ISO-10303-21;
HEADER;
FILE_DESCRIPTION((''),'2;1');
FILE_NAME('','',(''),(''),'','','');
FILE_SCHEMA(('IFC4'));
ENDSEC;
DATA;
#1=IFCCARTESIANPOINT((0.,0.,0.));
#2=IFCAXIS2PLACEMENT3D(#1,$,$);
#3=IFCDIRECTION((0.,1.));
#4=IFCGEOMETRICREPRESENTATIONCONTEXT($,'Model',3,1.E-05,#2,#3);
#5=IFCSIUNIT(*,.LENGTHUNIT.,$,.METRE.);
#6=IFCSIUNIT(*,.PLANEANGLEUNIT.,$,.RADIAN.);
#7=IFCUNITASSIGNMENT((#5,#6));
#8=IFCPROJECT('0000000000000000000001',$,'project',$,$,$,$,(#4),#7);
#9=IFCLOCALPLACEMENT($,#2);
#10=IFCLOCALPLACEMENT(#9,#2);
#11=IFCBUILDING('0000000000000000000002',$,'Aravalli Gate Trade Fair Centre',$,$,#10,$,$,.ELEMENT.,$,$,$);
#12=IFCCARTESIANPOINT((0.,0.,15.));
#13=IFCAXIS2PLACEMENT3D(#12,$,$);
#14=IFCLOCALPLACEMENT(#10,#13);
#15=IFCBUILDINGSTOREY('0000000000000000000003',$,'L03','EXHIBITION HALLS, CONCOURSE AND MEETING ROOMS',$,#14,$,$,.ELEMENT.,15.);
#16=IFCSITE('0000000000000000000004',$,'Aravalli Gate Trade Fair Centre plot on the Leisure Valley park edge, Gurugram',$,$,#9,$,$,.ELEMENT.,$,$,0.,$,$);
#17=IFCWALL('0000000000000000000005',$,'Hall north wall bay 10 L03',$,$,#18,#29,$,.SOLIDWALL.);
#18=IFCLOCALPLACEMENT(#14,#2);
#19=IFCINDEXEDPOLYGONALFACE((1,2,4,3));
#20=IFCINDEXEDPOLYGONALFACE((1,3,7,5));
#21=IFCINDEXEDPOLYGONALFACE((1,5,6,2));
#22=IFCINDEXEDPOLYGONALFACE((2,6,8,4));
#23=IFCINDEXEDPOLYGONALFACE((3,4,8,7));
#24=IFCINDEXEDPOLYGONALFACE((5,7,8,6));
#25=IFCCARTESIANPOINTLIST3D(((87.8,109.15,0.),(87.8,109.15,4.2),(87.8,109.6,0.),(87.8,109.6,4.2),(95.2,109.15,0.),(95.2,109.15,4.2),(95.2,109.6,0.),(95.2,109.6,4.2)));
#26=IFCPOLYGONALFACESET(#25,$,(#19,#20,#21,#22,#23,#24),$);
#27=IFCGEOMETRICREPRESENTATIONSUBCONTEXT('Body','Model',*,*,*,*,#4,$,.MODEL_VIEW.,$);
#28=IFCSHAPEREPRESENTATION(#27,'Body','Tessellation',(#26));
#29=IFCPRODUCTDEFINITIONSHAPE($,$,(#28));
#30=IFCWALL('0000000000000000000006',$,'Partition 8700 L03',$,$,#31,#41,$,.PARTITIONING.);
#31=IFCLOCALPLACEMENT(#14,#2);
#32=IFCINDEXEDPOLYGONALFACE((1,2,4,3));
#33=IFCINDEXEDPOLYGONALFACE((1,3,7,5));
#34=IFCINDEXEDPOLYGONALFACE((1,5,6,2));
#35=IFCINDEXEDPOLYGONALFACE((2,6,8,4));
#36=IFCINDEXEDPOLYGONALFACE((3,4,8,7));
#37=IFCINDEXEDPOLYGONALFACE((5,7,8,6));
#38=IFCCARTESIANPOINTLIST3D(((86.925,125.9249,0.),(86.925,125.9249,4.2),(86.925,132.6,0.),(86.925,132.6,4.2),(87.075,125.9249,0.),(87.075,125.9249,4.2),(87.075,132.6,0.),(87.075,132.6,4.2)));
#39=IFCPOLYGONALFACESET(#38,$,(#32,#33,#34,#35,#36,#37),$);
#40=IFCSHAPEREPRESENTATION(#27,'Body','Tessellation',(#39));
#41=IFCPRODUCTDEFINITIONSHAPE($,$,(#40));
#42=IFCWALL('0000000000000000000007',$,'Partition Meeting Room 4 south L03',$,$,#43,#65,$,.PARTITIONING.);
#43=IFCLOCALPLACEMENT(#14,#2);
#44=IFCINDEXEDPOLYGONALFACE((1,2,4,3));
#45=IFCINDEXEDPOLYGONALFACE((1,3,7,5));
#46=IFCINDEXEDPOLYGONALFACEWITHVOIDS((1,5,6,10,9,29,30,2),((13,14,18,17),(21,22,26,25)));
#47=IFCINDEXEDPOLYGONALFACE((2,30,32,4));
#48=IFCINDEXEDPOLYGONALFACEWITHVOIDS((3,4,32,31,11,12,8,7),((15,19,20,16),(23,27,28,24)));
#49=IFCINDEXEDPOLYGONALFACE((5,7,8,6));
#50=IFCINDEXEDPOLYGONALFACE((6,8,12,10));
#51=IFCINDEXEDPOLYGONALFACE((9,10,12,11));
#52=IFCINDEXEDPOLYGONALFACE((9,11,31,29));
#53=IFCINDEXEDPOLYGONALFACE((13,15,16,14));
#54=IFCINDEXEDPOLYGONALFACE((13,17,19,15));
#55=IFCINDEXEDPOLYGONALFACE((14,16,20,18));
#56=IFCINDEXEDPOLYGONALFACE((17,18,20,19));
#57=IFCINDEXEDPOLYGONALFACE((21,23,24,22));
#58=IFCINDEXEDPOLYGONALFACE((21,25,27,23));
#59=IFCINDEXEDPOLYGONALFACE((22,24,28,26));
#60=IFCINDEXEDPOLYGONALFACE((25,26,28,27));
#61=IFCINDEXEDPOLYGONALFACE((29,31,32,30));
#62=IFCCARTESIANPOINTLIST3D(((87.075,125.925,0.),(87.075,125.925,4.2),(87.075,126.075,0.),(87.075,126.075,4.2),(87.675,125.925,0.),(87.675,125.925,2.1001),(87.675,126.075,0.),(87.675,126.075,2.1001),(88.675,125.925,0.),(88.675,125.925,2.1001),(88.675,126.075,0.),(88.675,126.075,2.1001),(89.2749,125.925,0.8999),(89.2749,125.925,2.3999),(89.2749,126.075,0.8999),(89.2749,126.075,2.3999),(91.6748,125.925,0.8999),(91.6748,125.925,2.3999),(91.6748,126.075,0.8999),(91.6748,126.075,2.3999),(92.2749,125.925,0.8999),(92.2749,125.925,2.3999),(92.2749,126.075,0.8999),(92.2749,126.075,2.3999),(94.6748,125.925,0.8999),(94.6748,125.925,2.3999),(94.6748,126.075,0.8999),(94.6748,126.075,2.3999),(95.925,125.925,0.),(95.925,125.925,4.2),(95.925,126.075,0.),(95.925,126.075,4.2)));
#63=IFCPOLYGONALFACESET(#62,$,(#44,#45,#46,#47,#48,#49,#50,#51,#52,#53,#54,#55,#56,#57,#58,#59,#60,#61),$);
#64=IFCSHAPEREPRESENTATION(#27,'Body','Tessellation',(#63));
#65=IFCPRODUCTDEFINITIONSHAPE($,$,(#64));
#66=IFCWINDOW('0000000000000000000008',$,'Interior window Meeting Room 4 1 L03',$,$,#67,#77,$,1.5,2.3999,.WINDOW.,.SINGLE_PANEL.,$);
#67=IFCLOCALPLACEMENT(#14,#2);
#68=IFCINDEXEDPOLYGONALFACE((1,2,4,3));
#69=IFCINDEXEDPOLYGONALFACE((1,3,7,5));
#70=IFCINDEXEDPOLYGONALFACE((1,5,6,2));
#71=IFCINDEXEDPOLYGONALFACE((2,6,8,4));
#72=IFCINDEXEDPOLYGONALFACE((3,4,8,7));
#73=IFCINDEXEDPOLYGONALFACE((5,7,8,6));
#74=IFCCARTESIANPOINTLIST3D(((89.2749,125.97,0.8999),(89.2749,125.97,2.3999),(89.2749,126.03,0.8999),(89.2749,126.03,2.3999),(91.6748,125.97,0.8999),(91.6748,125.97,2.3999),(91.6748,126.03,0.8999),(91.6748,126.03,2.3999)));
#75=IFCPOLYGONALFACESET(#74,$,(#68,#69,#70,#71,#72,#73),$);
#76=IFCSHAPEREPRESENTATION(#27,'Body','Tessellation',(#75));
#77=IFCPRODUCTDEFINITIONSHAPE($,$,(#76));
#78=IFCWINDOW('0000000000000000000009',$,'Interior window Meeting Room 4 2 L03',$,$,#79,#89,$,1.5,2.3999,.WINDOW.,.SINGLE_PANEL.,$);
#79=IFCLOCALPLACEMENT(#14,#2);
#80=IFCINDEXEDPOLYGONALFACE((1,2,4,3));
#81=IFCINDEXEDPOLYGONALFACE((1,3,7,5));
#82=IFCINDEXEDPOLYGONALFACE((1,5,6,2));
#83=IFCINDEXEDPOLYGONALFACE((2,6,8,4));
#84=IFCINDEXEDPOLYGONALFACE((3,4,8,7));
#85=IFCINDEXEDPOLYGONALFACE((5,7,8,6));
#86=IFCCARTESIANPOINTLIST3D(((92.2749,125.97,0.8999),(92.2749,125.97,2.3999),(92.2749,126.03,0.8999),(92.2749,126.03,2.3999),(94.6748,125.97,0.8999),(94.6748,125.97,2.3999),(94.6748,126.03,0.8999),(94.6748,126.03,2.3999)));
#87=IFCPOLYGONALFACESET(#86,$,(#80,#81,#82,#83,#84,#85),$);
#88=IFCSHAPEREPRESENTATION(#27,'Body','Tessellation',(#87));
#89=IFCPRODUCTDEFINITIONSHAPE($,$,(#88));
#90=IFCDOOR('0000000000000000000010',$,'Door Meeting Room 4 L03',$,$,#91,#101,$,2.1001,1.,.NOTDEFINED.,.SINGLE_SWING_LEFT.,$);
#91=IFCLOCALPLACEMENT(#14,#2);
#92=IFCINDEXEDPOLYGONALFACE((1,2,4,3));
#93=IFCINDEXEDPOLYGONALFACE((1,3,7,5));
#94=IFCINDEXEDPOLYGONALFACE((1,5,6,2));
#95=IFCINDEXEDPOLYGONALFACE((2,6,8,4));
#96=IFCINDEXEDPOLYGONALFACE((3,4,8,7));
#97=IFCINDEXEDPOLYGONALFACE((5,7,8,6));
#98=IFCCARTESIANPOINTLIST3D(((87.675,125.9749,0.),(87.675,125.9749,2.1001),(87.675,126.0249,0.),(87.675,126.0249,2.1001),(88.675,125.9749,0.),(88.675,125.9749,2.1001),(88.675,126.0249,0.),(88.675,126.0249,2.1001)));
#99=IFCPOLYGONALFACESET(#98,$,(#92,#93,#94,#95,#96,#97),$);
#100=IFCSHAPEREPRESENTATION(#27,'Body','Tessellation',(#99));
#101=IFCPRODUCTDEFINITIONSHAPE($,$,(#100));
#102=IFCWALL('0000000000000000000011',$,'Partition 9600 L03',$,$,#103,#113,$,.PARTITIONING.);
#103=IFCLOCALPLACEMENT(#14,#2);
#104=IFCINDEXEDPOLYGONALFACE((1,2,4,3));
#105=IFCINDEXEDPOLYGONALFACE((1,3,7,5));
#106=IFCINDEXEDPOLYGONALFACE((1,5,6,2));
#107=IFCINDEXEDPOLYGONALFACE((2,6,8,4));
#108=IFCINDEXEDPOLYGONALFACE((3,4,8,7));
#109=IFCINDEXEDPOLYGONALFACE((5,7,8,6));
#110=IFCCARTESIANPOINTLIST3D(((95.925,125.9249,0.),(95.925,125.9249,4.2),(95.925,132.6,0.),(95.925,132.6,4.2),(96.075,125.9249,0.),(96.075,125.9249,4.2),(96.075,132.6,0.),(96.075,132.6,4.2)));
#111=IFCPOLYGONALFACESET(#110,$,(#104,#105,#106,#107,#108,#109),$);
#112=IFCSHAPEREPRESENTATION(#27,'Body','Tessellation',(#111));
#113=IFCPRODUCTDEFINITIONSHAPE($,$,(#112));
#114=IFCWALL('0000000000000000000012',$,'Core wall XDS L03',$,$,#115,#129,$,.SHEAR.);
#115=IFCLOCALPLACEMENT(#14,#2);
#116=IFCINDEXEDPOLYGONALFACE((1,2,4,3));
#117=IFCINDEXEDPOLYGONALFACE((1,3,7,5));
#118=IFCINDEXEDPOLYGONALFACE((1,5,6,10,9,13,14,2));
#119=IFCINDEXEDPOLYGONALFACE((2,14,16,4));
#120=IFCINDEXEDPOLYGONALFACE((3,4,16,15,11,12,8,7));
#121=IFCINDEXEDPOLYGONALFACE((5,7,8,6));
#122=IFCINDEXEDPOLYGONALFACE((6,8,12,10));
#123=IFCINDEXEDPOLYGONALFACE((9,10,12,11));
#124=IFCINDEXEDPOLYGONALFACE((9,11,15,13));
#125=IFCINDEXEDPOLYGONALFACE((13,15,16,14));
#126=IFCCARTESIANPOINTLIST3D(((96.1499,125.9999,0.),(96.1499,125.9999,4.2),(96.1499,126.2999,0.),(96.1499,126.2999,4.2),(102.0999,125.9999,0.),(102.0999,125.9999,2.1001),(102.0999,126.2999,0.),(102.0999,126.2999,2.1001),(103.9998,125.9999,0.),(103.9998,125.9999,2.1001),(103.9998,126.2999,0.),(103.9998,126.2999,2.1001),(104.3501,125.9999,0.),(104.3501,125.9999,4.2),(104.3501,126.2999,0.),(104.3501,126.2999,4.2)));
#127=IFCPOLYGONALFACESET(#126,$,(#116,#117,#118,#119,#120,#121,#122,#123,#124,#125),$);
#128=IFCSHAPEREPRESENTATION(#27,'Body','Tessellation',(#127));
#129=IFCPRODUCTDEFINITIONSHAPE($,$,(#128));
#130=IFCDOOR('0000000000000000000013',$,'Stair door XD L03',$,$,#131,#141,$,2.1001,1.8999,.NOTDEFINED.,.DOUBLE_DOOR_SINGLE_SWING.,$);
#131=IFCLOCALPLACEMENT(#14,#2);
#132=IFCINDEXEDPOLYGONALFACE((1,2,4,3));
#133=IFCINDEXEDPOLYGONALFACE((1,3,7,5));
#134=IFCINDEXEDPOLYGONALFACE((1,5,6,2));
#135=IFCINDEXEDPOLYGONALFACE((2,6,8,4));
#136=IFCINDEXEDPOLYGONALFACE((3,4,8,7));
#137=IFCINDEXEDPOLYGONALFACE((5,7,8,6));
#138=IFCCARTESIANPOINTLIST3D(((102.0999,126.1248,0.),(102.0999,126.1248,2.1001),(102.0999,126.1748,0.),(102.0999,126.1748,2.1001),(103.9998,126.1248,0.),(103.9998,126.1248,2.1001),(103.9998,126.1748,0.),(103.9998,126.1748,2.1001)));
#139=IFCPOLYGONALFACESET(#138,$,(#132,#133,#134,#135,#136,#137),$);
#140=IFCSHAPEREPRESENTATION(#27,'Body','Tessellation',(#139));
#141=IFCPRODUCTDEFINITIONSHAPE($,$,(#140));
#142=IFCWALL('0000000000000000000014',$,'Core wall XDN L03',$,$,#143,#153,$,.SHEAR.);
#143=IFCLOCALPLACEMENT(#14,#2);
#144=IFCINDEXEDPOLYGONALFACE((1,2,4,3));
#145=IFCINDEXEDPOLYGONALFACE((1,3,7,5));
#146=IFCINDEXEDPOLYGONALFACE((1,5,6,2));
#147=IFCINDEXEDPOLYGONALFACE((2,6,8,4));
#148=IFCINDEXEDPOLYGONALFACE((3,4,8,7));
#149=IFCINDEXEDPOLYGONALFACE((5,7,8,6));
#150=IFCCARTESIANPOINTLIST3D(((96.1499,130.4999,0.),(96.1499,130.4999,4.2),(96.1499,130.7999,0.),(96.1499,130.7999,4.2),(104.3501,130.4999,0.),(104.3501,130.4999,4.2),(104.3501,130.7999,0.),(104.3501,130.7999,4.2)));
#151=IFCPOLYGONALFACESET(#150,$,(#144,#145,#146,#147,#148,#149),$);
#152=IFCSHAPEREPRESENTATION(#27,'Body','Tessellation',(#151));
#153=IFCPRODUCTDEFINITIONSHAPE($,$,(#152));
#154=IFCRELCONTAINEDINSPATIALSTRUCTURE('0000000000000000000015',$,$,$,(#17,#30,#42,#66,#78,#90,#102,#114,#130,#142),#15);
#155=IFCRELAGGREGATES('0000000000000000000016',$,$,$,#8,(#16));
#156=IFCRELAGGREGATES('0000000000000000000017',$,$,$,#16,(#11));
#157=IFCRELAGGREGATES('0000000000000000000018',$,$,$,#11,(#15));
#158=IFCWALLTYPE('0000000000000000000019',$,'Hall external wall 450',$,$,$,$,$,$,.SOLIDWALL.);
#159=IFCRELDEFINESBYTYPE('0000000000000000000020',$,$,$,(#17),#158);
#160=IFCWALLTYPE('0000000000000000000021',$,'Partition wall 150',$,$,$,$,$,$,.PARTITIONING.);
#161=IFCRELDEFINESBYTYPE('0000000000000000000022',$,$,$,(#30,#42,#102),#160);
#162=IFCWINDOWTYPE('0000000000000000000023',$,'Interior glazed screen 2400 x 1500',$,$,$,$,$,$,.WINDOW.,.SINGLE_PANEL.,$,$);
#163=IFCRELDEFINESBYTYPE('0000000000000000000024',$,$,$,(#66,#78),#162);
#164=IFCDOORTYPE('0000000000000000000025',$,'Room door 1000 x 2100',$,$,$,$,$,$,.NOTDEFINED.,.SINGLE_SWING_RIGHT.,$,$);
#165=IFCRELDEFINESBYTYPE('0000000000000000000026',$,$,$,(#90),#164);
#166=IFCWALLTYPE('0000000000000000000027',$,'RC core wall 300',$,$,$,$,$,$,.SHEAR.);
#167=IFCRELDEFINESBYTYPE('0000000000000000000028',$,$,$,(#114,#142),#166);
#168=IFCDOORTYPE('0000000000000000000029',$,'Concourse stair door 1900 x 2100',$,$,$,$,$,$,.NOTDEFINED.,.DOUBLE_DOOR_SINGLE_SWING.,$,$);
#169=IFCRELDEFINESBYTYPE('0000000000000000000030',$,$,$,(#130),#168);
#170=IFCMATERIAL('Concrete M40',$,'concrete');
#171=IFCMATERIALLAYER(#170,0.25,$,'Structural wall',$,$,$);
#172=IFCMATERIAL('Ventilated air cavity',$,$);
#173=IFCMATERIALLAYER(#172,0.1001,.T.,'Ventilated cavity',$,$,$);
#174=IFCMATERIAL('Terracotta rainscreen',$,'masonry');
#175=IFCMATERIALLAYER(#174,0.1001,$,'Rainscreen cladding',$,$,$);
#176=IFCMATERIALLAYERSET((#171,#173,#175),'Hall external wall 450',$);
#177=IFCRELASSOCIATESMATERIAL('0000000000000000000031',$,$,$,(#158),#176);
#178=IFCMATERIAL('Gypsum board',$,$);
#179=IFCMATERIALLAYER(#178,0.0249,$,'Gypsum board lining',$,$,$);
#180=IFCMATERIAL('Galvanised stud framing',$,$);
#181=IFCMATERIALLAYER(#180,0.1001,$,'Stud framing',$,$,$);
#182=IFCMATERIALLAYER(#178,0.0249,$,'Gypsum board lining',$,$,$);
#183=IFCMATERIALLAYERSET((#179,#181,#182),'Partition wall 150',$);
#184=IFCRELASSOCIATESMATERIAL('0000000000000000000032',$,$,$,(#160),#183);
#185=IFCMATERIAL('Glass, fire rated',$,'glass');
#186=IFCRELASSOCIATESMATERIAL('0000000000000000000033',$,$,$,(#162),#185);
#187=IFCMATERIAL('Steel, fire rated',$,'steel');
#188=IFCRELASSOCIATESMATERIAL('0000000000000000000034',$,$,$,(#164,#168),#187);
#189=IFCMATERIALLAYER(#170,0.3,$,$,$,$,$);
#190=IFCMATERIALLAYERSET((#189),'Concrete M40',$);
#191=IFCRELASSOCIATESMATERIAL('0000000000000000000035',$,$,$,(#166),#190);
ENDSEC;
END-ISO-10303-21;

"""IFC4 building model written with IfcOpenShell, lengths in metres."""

from ifc_helpers import new_model, si_unit, direction, frame, frame_2d, origin, place, context, subcontext, project, spatial, rectangle, extrude, material, layer, layer_set, type_object, element, fill, save


model = new_model("IFC4")

# Units and contexts
model_context = context("Model", 3, precision=1e-05, world=origin(), true_north=direction((0.0, 1.0)))
body_context = subcontext(model_context, "Body", "Model", "MODEL_VIEW")
ifc_project = project(units=[si_unit("LENGTHUNIT", "METRE"), si_unit("PLANEANGLEUNIT", "RADIAN")], contexts=[model_context])

# Site, building, storey
site_placement = place(None, origin())
site = spatial("IfcSite", under=ifc_project, at=site_placement, Name="Aravalli Gate Trade Fair Centre plot on the Leisure Valley park edge, Gurugram", CompositionType="ELEMENT", RefElevation=0.0)
building_placement = place(site_placement, origin())
building = spatial("IfcBuilding", under=site, at=building_placement, Name="Aravalli Gate Trade Fair Centre", CompositionType="ELEMENT")
storey_placement = place(building_placement, frame((0.0, 0.0, 15.0)))
storey = spatial("IfcBuildingStorey", under=building, at=storey_placement, Name="L03", Description="EXHIBITION HALLS, CONCOURSE AND MEETING ROOMS", CompositionType="ELEMENT", Elevation=15.0)

# Walls
ifc_material_1 = material(Name="Concrete M40", Category="concrete")
ifc_layer_1 = layer(ifc_material_1, 0.25, Name="Structural wall")
ifc_material_2 = material(Name="Ventilated air cavity")
ifc_layer_2 = layer(ifc_material_2, 0.1001, ventilated=True, Name="Ventilated cavity")
ifc_material_3 = material(Name="Terracotta rainscreen", Category="masonry")
ifc_layer_3 = layer(ifc_material_3, 0.1001, Name="Rainscreen cladding")
ifc_layer_set_1 = layer_set([ifc_layer_1, ifc_layer_2, ifc_layer_3], Name="Hall external wall 450")
wall_type_1 = type_object("IfcWallType", Name="Hall external wall 450", PredefinedType="SOLIDWALL", material=ifc_layer_set_1)
wall_1_placement = place(storey_placement, frame((87.8, 109.375, 0.0), z_axis=(0.0, 0.0, 1.0), x_axis=(1.0, 0.0, 0.0)))
element("IfcWall", 1, at=wall_1_placement, inside=storey, type_object=wall_type_1, Name="Hall north wall bay 10 L03", PredefinedType="SOLIDWALL", context=body_context, shape_type="SweptSolid", body=[
    extrude(rectangle(XDim=7.3999, YDim=0.45, at=frame_2d((3.7, 0.0))), origin(), (0.0, 0.0, 1.0), 4.2),
])
ifc_material_4 = material(Name="Gypsum board")
ifc_layer_4 = layer(ifc_material_4, 0.0249, Name="Gypsum board lining")
ifc_material_5 = material(Name="Galvanised stud framing")
ifc_layer_5 = layer(ifc_material_5, 0.1001, Name="Stud framing")
ifc_layer_6 = layer(ifc_material_4, 0.0249, Name="Gypsum board lining")
ifc_layer_set_2 = layer_set([ifc_layer_4, ifc_layer_5, ifc_layer_6], Name="Partition wall 150")
wall_type_2 = type_object("IfcWallType", Name="Partition wall 150", PredefinedType="PARTITIONING", material=ifc_layer_set_2)
wall_2_placement = place(storey_placement, frame((87.0, 125.925, 0.0), z_axis=(0.0, 0.0, 1.0), x_axis=(0.0, 1.0, 0.0)))
element("IfcWall", 2, at=wall_2_placement, inside=storey, type_object=wall_type_2, Name="Partition 8700 L03", PredefinedType="PARTITIONING", context=body_context, shape_type="SweptSolid", body=[
    extrude(rectangle(XDim=6.675, YDim=0.1499, at=frame_2d((3.3374, 0.0))), origin(), (0.0, 0.0, 1.0), 4.2),
])

# Wall, openings, windows, door
wall_3_placement = place(storey_placement, frame((87.075, 126.0, 0.0), z_axis=(0.0, 0.0, 1.0), x_axis=(1.0, 0.0, 0.0)))
wall_3 = element("IfcWall", 3, at=wall_3_placement, inside=storey, type_object=wall_type_2, Name="Partition Meeting Room 4 south L03", PredefinedType="PARTITIONING", context=body_context, shape_type="SweptSolid", body=[
    extrude(rectangle(XDim=8.8501, YDim=0.1499, at=frame_2d((4.425, 0.0))), origin(), (0.0, 0.0, 1.0), 4.2),
])
opening_1_placement = place(wall_3_placement, frame((0.6001, 0.0, 0.0)))
opening_1 = element("IfcOpeningElement", 4, at=opening_1_placement, cuts=wall_3, PredefinedType="OPENING", context=body_context, shape_type="SweptSolid", body=[
    extrude(rectangle(XDim=1.0, YDim=2.1001, at=frame_2d((0.5, 1.05))), frame((0.0, 0.085, 0.0), z_axis=(0.0, -1.0, 0.0), x_axis=(1.0, 0.0, 0.0)), (0.0, 0.0, 1.0), 0.1699),
])
opening_2_placement = place(wall_3_placement, frame((2.2, 0.0, 0.8999)))
opening_2 = element("IfcOpeningElement", 5, at=opening_2_placement, cuts=wall_3, PredefinedType="OPENING", context=body_context, shape_type="SweptSolid", body=[
    extrude(rectangle(XDim=2.3999, YDim=1.5, at=frame_2d((1.2, 0.75))), frame((0.0, 0.085, 0.0), z_axis=(0.0, -1.0, 0.0), x_axis=(1.0, 0.0, 0.0)), (0.0, 0.0, 1.0), 0.1699),
])
opening_3_placement = place(wall_3_placement, frame((5.2, 0.0, 0.8999)))
opening_3 = element("IfcOpeningElement", 6, at=opening_3_placement, cuts=wall_3, PredefinedType="OPENING", context=body_context, shape_type="SweptSolid", body=[
    extrude(rectangle(XDim=2.3999, YDim=1.5, at=frame_2d((1.2, 0.75))), frame((0.0, 0.085, 0.0), z_axis=(0.0, -1.0, 0.0), x_axis=(1.0, 0.0, 0.0)), (0.0, 0.0, 1.0), 0.1699),
])
ifc_material_6 = material(Name="Glass, fire rated", Category="glass")
window_type = type_object("IfcWindowType", Name="Interior glazed screen 2400 x 1500", PartitioningType="SINGLE_PANEL", PredefinedType="WINDOW", material=ifc_material_6)
window_1_placement = place(opening_2_placement, origin())
window_1 = element("IfcWindow", 7, at=window_1_placement, inside=storey, type_object=window_type, Name="Interior window Meeting Room 4 1 L03", OverallHeight=1.5, OverallWidth=2.3999, PartitioningType="SINGLE_PANEL", PredefinedType="WINDOW", context=body_context, shape_type="SweptSolid", body=[
    extrude(rectangle(XDim=2.3999, YDim=1.5, at=frame_2d((1.2, 0.75))), frame((0.0, 0.03, 0.0), z_axis=(0.0, -1.0, 0.0), x_axis=(1.0, 0.0, 0.0)), (0.0, 0.0, 1.0), 0.0601),
])
fill(opening_2, window_1)
window_2_placement = place(opening_3_placement, origin())
window_2 = element("IfcWindow", 8, at=window_2_placement, inside=storey, type_object=window_type, Name="Interior window Meeting Room 4 2 L03", OverallHeight=1.5, OverallWidth=2.3999, PartitioningType="SINGLE_PANEL", PredefinedType="WINDOW", context=body_context, shape_type="SweptSolid", body=[
    extrude(rectangle(XDim=2.3999, YDim=1.5, at=frame_2d((1.2, 0.75))), frame((0.0, 0.03, 0.0), z_axis=(0.0, -1.0, 0.0), x_axis=(1.0, 0.0, 0.0)), (0.0, 0.0, 1.0), 0.0601),
])
fill(opening_3, window_2)
ifc_material_7 = material(Name="Steel, fire rated", Category="steel")
door_type_1 = type_object("IfcDoorType", Name="Room door 1000 x 2100", OperationType="SINGLE_SWING_RIGHT", PredefinedType="NOTDEFINED", material=ifc_material_7)
door_1_placement = place(opening_1_placement, origin())
door_1 = element("IfcDoor", 9, at=door_1_placement, inside=storey, type_object=door_type_1, Name="Door Meeting Room 4 L03", OperationType="SINGLE_SWING_LEFT", OverallHeight=2.1001, OverallWidth=1.0, PredefinedType="NOTDEFINED", context=body_context, shape_type="SweptSolid", body=[
    extrude(rectangle(XDim=1.0, YDim=2.1001, at=frame_2d((0.5, 1.05))), frame((0.0, 0.0249, 0.0), z_axis=(0.0, -1.0, 0.0), x_axis=(1.0, 0.0, 0.0)), (0.0, 0.0, 1.0), 0.05),
])
fill(opening_1, door_1)

# Wall
wall_4_placement = place(storey_placement, frame((96.0, 125.925, 0.0), z_axis=(0.0, 0.0, 1.0), x_axis=(0.0, 1.0, 0.0)))
element("IfcWall", 10, at=wall_4_placement, inside=storey, type_object=wall_type_2, Name="Partition 9600 L03", PredefinedType="PARTITIONING", context=body_context, shape_type="SweptSolid", body=[
    extrude(rectangle(XDim=6.675, YDim=0.1499, at=frame_2d((3.3374, 0.0))), origin(), (0.0, 0.0, 1.0), 4.2),
])

# Wall, opening, door
ifc_layer_7 = layer(ifc_material_1, 0.3)
ifc_layer_set_3 = layer_set([ifc_layer_7], Name="Concrete M40")
wall_type_3 = type_object("IfcWallType", Name="RC core wall 300", PredefinedType="SHEAR", material=ifc_layer_set_3)
wall_5_placement = place(storey_placement, frame((96.1499, 126.1499, 0.0), z_axis=(0.0, 0.0, 1.0), x_axis=(1.0, 0.0, 0.0)))
wall_5 = element("IfcWall", 11, at=wall_5_placement, inside=storey, type_object=wall_type_3, Name="Core wall XDS L03", PredefinedType="SHEAR", context=body_context, shape_type="SweptSolid", body=[
    extrude(rectangle(XDim=8.2002, YDim=0.3, at=frame_2d((4.1001, 0.0))), origin(), (0.0, 0.0, 1.0), 4.2),
])
opening_4_placement = place(wall_5_placement, frame((5.95, 0.0, 0.0)))
opening_4 = element("IfcOpeningElement", 12, at=opening_4_placement, cuts=wall_5, PredefinedType="OPENING", context=body_context, shape_type="SweptSolid", body=[
    extrude(rectangle(XDim=1.8999, YDim=2.1001, at=frame_2d((0.95, 1.05))), frame((0.0, 0.1599, 0.0), z_axis=(0.0, -1.0, 0.0), x_axis=(1.0, 0.0, 0.0)), (0.0, 0.0, 1.0), 0.3201),
])
door_type_2 = type_object("IfcDoorType", Name="Concourse stair door 1900 x 2100", OperationType="DOUBLE_DOOR_SINGLE_SWING", PredefinedType="NOTDEFINED", material=ifc_material_7)
door_2_placement = place(opening_4_placement, origin())
door_2 = element("IfcDoor", 13, at=door_2_placement, inside=storey, type_object=door_type_2, Name="Stair door XD L03", OperationType="DOUBLE_DOOR_SINGLE_SWING", OverallHeight=2.1001, OverallWidth=1.8999, PredefinedType="NOTDEFINED", context=body_context, shape_type="SweptSolid", body=[
    extrude(rectangle(XDim=1.8999, YDim=2.1001, at=frame_2d((0.95, 1.05))), frame((0.0, 0.0249, 0.0), z_axis=(0.0, -1.0, 0.0), x_axis=(1.0, 0.0, 0.0)), (0.0, 0.0, 1.0), 0.05),
])
fill(opening_4, door_2)

# Wall
wall_6_placement = place(storey_placement, frame((96.1499, 130.6499, 0.0), z_axis=(0.0, 0.0, 1.0), x_axis=(1.0, 0.0, 0.0)))
element("IfcWall", 14, at=wall_6_placement, inside=storey, type_object=wall_type_3, Name="Core wall XDN L03", PredefinedType="SHEAR", context=body_context, shape_type="SweptSolid", body=[
    extrude(rectangle(XDim=8.2002, YDim=0.3, at=frame_2d((4.1001, 0.0))), origin(), (0.0, 0.0, 1.0), 4.2),
])

save(model, "model.ifc")
